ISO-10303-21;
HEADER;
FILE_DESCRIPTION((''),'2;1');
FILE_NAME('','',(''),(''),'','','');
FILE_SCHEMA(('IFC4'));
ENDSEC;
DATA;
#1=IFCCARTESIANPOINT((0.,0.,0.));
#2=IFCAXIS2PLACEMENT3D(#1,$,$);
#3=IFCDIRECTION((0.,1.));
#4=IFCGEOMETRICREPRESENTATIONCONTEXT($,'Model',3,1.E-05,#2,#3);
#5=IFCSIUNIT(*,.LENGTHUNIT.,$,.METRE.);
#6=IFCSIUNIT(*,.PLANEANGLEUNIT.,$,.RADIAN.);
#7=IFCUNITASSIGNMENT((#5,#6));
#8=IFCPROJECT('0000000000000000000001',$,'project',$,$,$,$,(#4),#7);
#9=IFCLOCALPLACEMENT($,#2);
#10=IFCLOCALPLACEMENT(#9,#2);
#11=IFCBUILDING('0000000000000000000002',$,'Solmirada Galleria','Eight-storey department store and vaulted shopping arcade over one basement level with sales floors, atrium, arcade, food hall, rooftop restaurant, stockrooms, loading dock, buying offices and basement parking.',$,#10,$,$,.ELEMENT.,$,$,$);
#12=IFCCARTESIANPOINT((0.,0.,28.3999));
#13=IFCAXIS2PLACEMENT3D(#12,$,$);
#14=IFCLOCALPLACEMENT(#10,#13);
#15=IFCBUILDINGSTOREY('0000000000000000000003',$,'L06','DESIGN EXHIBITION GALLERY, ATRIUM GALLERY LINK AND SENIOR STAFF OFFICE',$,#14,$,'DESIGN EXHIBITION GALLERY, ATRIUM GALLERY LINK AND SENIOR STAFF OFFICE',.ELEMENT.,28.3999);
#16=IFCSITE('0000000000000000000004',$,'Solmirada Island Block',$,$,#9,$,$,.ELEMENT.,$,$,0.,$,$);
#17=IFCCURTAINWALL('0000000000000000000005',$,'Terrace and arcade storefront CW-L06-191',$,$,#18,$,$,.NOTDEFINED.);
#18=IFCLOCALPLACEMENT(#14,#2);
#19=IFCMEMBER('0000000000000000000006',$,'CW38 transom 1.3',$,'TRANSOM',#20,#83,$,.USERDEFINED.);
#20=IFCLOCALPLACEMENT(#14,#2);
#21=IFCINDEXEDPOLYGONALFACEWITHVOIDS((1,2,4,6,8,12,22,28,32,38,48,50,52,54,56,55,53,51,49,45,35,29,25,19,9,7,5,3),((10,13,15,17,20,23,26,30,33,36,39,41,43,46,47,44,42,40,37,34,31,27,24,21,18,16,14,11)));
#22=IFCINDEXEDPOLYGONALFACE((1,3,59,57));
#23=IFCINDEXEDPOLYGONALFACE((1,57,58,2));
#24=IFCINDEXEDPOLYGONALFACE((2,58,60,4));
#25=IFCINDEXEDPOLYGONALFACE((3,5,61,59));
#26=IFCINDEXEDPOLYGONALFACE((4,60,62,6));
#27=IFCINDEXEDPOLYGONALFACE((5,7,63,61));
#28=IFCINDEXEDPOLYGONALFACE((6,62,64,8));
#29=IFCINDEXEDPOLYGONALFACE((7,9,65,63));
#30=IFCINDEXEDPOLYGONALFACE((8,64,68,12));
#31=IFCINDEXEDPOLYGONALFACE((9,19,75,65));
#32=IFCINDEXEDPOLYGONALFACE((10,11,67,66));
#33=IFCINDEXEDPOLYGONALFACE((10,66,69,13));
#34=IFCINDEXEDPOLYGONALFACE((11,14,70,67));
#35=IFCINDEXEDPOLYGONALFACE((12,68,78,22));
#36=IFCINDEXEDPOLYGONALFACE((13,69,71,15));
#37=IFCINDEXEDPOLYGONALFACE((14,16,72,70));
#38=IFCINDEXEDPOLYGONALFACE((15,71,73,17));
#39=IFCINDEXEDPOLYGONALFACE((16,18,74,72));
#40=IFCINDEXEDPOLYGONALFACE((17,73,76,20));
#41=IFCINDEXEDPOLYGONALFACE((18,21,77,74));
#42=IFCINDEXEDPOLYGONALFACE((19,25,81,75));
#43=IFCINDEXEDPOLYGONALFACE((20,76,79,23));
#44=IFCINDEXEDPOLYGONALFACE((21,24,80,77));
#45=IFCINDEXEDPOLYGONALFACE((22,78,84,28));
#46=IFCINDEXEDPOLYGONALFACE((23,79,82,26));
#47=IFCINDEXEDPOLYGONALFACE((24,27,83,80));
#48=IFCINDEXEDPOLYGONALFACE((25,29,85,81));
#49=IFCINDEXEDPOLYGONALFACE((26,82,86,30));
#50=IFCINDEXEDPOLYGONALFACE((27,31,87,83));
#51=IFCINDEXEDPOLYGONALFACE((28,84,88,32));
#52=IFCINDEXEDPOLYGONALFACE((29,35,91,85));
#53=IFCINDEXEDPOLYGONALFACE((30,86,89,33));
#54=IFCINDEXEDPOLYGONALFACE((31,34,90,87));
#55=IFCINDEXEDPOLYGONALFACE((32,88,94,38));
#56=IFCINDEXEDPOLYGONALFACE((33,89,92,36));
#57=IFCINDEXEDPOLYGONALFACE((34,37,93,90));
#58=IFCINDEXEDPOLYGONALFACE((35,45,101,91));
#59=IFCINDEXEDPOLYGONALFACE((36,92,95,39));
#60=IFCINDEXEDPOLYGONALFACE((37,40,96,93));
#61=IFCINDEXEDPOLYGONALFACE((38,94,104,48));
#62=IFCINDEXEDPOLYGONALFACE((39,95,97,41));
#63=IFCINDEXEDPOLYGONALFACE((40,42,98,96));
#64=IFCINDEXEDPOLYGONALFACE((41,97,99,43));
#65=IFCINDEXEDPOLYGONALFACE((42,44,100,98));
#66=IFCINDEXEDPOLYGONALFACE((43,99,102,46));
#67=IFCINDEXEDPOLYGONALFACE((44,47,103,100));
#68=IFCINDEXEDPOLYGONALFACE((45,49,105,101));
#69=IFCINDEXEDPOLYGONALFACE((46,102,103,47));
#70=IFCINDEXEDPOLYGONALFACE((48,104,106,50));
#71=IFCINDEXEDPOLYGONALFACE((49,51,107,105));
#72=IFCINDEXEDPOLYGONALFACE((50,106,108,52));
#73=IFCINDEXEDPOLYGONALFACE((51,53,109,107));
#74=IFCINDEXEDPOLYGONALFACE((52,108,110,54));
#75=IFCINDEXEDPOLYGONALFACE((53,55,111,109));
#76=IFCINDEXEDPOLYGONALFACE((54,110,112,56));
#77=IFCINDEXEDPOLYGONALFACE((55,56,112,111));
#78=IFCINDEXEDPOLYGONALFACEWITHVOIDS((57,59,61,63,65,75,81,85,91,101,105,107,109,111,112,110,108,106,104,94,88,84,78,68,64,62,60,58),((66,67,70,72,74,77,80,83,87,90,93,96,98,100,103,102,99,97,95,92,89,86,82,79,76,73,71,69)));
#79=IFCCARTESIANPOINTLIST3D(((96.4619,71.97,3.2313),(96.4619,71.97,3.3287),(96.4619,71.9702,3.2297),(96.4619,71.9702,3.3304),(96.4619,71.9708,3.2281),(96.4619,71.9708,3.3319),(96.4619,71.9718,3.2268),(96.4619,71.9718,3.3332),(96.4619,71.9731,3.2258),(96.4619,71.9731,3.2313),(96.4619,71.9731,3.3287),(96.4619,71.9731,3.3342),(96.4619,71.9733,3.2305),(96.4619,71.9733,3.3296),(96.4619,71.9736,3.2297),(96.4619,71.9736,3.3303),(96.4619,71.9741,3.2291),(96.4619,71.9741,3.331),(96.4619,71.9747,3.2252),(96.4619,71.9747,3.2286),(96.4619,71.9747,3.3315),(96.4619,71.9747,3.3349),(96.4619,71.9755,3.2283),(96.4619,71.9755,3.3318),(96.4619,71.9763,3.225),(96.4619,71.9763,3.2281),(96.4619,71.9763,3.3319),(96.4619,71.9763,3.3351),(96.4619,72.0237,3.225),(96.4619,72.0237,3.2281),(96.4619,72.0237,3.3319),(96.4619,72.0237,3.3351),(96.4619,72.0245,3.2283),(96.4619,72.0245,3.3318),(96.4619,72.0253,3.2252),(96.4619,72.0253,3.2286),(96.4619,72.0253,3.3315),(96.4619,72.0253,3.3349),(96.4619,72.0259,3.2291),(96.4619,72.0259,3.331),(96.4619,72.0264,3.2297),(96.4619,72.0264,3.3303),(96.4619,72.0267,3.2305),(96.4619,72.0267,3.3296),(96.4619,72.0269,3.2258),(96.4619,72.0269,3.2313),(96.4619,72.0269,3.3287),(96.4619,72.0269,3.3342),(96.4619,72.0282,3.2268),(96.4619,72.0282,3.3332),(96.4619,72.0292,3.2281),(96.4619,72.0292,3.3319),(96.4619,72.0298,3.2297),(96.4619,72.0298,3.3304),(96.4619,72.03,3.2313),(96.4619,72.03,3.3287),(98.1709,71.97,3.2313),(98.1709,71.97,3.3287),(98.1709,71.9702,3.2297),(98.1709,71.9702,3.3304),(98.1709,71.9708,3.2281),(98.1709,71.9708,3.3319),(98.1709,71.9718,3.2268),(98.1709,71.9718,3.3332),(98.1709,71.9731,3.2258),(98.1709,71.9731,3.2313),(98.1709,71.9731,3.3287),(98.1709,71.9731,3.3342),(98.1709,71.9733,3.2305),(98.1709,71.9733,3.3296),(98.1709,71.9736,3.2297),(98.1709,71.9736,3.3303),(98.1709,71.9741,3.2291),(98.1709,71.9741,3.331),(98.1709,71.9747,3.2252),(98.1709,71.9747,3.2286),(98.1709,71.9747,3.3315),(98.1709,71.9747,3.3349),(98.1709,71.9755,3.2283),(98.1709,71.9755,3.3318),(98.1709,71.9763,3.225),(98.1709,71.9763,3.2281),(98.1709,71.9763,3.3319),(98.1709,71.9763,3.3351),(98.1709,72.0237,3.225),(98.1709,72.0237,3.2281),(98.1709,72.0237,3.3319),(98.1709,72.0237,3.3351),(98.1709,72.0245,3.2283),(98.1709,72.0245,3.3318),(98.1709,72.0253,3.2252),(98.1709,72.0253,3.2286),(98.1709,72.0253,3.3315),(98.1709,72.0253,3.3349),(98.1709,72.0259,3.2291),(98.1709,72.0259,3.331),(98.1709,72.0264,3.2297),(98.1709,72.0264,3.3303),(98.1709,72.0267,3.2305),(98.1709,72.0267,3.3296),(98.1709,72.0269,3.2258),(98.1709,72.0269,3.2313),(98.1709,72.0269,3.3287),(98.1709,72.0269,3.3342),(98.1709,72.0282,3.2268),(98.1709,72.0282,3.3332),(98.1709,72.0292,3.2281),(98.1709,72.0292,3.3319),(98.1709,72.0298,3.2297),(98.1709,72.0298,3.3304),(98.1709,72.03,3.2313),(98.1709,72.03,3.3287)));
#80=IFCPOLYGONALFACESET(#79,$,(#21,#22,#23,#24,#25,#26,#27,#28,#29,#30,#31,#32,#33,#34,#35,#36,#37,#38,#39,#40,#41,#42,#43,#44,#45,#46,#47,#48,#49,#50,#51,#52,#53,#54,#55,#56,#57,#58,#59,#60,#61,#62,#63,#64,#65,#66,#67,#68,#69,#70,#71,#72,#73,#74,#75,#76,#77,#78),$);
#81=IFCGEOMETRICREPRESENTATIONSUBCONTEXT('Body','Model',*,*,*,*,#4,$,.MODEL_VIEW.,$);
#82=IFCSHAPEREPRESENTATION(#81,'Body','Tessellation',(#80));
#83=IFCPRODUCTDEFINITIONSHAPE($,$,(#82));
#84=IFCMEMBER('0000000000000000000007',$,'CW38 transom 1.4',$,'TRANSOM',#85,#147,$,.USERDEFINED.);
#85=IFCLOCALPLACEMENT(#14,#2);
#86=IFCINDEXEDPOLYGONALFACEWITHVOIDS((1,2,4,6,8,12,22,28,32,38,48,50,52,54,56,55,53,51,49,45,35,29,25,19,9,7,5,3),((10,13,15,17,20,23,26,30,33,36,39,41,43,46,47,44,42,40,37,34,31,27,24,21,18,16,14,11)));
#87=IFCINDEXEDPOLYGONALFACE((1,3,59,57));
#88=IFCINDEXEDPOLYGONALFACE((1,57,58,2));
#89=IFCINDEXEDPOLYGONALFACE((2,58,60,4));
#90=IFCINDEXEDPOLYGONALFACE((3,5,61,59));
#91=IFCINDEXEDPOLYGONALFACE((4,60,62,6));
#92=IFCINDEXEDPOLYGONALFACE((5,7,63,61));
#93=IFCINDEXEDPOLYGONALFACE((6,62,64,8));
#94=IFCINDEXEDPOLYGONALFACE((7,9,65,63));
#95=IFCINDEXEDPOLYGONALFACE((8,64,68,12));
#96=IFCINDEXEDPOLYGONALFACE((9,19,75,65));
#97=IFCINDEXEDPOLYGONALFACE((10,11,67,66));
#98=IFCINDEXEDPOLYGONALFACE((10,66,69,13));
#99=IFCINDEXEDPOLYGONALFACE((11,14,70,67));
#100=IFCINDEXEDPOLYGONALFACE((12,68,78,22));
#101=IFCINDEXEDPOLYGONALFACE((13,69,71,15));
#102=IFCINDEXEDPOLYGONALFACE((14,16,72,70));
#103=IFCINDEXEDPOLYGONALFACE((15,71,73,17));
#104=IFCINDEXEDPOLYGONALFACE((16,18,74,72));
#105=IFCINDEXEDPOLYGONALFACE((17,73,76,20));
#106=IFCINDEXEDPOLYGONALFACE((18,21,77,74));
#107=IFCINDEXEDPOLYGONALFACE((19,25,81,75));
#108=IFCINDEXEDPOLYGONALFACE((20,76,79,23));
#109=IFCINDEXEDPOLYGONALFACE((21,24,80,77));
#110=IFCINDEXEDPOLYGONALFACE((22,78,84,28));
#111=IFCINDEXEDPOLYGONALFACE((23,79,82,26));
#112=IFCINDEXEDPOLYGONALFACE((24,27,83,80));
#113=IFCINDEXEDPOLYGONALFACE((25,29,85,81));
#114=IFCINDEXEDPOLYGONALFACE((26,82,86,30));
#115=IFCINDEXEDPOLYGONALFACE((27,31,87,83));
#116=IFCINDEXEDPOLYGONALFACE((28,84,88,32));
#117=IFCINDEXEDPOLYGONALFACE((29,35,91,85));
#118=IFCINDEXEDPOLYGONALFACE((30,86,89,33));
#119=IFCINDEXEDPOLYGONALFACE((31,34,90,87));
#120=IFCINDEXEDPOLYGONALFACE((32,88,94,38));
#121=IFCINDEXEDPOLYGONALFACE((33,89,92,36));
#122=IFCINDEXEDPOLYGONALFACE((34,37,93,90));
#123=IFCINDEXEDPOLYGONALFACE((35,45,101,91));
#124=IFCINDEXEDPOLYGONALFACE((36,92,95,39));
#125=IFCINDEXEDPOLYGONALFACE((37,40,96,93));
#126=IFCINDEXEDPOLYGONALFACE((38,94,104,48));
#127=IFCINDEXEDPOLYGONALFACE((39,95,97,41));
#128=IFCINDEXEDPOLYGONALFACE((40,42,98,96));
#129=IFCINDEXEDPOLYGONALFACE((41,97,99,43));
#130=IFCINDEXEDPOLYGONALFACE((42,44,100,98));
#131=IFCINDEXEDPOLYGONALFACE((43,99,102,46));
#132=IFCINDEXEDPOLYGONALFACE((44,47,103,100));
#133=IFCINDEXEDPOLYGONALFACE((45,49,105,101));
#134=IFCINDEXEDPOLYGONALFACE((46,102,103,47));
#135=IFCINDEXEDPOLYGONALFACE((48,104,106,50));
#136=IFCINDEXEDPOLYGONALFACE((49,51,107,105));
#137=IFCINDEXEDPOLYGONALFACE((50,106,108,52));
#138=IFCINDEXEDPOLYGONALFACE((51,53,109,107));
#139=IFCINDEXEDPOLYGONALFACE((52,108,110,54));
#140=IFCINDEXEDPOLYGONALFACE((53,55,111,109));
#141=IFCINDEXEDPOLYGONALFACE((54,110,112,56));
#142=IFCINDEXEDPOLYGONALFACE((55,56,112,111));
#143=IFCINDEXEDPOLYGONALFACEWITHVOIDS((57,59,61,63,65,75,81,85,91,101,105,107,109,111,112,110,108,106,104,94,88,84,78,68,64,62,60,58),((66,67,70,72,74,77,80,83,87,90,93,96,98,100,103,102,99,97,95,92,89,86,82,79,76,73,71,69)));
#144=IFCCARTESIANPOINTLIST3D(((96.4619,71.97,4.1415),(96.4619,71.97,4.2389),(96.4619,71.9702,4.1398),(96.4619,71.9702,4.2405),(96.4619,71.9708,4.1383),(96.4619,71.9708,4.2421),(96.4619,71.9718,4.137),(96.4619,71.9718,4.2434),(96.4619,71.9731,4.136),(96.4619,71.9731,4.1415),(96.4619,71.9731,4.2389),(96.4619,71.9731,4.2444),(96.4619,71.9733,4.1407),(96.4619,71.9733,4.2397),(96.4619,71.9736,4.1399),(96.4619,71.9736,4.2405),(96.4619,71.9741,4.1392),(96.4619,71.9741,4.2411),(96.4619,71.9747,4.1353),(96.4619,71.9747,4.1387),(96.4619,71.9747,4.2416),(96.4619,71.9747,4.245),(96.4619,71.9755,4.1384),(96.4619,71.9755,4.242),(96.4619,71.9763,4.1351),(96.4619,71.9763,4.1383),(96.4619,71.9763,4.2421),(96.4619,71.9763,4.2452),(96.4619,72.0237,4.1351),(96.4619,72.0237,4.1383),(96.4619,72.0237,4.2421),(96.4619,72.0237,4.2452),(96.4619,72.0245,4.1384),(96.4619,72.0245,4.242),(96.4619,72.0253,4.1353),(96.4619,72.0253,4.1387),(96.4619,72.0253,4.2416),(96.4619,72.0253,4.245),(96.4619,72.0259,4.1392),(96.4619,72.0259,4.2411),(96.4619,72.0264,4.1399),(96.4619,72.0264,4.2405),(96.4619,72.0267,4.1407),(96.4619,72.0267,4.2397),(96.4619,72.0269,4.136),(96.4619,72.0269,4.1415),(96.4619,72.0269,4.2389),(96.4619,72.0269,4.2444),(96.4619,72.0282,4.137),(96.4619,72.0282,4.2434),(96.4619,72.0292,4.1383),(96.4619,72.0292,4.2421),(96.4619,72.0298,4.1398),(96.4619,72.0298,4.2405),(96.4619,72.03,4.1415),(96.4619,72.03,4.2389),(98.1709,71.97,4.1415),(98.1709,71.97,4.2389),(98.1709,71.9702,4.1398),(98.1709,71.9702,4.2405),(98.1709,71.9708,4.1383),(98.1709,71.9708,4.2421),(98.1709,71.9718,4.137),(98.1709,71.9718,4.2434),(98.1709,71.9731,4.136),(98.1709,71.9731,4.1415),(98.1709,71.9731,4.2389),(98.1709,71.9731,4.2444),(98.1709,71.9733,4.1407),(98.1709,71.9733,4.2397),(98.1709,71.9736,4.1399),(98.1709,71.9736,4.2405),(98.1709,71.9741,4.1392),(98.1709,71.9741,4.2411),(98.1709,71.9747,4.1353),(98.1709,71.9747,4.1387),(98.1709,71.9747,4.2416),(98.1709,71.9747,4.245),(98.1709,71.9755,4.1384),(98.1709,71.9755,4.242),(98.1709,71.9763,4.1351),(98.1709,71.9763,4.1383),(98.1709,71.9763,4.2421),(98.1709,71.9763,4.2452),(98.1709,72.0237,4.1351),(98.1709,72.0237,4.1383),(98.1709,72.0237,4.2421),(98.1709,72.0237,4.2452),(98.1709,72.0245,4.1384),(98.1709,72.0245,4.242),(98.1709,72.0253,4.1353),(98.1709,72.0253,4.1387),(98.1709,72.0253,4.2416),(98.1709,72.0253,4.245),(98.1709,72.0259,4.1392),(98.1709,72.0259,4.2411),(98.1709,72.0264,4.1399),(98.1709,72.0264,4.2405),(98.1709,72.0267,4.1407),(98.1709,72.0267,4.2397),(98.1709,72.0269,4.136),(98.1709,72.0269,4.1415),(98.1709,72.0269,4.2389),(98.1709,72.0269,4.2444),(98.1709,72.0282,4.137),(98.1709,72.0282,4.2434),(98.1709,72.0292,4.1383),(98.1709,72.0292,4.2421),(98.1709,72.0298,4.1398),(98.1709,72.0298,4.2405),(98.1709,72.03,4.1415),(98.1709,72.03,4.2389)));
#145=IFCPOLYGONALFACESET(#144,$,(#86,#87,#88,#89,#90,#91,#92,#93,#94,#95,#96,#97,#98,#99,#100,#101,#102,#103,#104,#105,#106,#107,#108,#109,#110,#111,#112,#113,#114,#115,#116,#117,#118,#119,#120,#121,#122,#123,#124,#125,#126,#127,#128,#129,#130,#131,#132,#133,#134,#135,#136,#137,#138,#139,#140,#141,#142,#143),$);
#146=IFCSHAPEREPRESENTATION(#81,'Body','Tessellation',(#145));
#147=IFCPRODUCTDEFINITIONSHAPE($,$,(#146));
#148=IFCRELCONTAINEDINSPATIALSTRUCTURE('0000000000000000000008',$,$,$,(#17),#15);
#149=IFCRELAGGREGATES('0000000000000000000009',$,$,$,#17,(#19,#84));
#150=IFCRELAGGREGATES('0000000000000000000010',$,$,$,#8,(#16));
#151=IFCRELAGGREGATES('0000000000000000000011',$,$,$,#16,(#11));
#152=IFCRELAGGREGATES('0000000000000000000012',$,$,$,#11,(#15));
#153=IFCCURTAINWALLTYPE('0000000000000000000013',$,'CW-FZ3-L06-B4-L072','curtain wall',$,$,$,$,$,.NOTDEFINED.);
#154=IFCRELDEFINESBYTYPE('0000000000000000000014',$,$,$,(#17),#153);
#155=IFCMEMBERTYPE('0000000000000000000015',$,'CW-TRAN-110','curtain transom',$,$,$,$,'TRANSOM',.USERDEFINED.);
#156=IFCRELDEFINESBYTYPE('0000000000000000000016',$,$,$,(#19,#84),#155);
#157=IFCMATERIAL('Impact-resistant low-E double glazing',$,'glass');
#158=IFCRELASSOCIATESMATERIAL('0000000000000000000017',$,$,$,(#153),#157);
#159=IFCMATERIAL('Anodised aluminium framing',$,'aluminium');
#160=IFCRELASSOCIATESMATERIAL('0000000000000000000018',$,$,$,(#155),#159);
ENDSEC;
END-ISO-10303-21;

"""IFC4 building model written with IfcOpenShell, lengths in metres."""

from ifc_helpers import new_model, si_unit, direction, frame, origin, origin_2d, place, context, subcontext, project, spatial, hollow_rectangle, extrude, material, material_profile, profile_set, type_object, element, aggregate, save


model = new_model("IFC4")

# Units and contexts
model_context = context("Model", 3, precision=1e-05, world=origin(), true_north=direction((0.0, 1.0)))
body_context = subcontext(model_context, "Body", "Model", "MODEL_VIEW")
ifc_project = project(units=[si_unit("LENGTHUNIT", "METRE"), si_unit("PLANEANGLEUNIT", "RADIAN")], contexts=[model_context])

# Site, building, storey
site_placement = place(None, origin())
site = spatial("IfcSite", under=ifc_project, at=site_placement, Name="Solmirada Island Block", CompositionType="ELEMENT", RefElevation=0.0)
building_placement = place(site_placement, origin())
building = spatial("IfcBuilding", under=site, at=building_placement, Name="Solmirada Galleria", Description="Eight-storey department store and vaulted shopping arcade over one basement level with sales floors, atrium, arcade, food hall, rooftop restaurant, stockrooms, loading dock, buying offices and basement parking.", CompositionType="ELEMENT")
storey_placement = place(building_placement, frame((0.0, 0.0, 28.3999)))
storey = spatial("IfcBuildingStorey", under=building, at=storey_placement, Name="L06", Description="DESIGN EXHIBITION GALLERY, ATRIUM GALLERY LINK AND SENIOR STAFF OFFICE", LongName="DESIGN EXHIBITION GALLERY, ATRIUM GALLERY LINK AND SENIOR STAFF OFFICE", CompositionType="ELEMENT", Elevation=28.3999)

# Shared definitions
ifc_material_1 = material(Name="Impact-resistant low-E double glazing", Category="glass")
curtain_wall_type = type_object("IfcCurtainWallType", Name="CW-FZ3-L06-B4-L072", Description="curtain wall", PredefinedType="NOTDEFINED", material=ifc_material_1)
ifc_material_2 = material(Name="Anodised aluminium framing", Category="aluminium")

# Curtain wall
curtain_wall_1_placement = place(storey_placement, origin())
curtain_wall_1 = element("IfcCurtainWall", 1, at=curtain_wall_1_placement, inside=storey, type_object=curtain_wall_type, Name="Terrace and arcade storefront CW-L06-191", PredefinedType="NOTDEFINED")

# Members
ifc_material_profile_1 = material_profile(ifc_material_2, hollow_rectangle(XDim=0.0601, YDim=0.1101, WallThickness=0.0032, InnerFilletRadius=0.0032, OuterFilletRadius=0.0063, at=origin_2d()), Name="ALU-TRAN-110X60")
ifc_profile_set_1 = profile_set([ifc_material_profile_1], Name="Anodised aluminium framing")
member_type_1 = type_object("IfcMemberType", Name="CW-TRAN-110", Description="curtain transom", ElementType="TRANSOM", PredefinedType="USERDEFINED", material=ifc_profile_set_1)
member_1_placement = place(storey_placement, frame((96.4619, 72.0, 3.28), z_axis=(1.0, 0.0, 0.0), x_axis=(0.0, 1.0, 0.0)))
member_1 = element("IfcMember", 2, at=member_1_placement, type_object=member_type_1, Name="CW38 transom 1.3", ObjectType="TRANSOM", PredefinedType="USERDEFINED", context=body_context, shape_type="SweptSolid", body=[
    extrude(hollow_rectangle(XDim=0.0601, YDim=0.1101, WallThickness=0.0032, InnerFilletRadius=0.0032, OuterFilletRadius=0.0063, at=origin_2d()), origin(), (0.0, 0.0, 1.0), 1.709),
])
member_2_placement = place(storey_placement, frame((96.4619, 72.0, 4.1902), z_axis=(1.0, 0.0, 0.0), x_axis=(0.0, 1.0, 0.0)))
member_2 = element("IfcMember", 3, at=member_2_placement, type_object=member_type_1, Name="CW38 transom 1.4", ObjectType="TRANSOM", PredefinedType="USERDEFINED", context=body_context, shape_type="SweptSolid", body=[
    extrude(hollow_rectangle(XDim=0.0601, YDim=0.1101, WallThickness=0.0032, InnerFilletRadius=0.0032, OuterFilletRadius=0.0063, at=origin_2d()), origin(), (0.0, 0.0, 1.0), 1.709),
])

aggregate(curtain_wall_1, [member_1, member_2])

save(model, "model.ifc")
